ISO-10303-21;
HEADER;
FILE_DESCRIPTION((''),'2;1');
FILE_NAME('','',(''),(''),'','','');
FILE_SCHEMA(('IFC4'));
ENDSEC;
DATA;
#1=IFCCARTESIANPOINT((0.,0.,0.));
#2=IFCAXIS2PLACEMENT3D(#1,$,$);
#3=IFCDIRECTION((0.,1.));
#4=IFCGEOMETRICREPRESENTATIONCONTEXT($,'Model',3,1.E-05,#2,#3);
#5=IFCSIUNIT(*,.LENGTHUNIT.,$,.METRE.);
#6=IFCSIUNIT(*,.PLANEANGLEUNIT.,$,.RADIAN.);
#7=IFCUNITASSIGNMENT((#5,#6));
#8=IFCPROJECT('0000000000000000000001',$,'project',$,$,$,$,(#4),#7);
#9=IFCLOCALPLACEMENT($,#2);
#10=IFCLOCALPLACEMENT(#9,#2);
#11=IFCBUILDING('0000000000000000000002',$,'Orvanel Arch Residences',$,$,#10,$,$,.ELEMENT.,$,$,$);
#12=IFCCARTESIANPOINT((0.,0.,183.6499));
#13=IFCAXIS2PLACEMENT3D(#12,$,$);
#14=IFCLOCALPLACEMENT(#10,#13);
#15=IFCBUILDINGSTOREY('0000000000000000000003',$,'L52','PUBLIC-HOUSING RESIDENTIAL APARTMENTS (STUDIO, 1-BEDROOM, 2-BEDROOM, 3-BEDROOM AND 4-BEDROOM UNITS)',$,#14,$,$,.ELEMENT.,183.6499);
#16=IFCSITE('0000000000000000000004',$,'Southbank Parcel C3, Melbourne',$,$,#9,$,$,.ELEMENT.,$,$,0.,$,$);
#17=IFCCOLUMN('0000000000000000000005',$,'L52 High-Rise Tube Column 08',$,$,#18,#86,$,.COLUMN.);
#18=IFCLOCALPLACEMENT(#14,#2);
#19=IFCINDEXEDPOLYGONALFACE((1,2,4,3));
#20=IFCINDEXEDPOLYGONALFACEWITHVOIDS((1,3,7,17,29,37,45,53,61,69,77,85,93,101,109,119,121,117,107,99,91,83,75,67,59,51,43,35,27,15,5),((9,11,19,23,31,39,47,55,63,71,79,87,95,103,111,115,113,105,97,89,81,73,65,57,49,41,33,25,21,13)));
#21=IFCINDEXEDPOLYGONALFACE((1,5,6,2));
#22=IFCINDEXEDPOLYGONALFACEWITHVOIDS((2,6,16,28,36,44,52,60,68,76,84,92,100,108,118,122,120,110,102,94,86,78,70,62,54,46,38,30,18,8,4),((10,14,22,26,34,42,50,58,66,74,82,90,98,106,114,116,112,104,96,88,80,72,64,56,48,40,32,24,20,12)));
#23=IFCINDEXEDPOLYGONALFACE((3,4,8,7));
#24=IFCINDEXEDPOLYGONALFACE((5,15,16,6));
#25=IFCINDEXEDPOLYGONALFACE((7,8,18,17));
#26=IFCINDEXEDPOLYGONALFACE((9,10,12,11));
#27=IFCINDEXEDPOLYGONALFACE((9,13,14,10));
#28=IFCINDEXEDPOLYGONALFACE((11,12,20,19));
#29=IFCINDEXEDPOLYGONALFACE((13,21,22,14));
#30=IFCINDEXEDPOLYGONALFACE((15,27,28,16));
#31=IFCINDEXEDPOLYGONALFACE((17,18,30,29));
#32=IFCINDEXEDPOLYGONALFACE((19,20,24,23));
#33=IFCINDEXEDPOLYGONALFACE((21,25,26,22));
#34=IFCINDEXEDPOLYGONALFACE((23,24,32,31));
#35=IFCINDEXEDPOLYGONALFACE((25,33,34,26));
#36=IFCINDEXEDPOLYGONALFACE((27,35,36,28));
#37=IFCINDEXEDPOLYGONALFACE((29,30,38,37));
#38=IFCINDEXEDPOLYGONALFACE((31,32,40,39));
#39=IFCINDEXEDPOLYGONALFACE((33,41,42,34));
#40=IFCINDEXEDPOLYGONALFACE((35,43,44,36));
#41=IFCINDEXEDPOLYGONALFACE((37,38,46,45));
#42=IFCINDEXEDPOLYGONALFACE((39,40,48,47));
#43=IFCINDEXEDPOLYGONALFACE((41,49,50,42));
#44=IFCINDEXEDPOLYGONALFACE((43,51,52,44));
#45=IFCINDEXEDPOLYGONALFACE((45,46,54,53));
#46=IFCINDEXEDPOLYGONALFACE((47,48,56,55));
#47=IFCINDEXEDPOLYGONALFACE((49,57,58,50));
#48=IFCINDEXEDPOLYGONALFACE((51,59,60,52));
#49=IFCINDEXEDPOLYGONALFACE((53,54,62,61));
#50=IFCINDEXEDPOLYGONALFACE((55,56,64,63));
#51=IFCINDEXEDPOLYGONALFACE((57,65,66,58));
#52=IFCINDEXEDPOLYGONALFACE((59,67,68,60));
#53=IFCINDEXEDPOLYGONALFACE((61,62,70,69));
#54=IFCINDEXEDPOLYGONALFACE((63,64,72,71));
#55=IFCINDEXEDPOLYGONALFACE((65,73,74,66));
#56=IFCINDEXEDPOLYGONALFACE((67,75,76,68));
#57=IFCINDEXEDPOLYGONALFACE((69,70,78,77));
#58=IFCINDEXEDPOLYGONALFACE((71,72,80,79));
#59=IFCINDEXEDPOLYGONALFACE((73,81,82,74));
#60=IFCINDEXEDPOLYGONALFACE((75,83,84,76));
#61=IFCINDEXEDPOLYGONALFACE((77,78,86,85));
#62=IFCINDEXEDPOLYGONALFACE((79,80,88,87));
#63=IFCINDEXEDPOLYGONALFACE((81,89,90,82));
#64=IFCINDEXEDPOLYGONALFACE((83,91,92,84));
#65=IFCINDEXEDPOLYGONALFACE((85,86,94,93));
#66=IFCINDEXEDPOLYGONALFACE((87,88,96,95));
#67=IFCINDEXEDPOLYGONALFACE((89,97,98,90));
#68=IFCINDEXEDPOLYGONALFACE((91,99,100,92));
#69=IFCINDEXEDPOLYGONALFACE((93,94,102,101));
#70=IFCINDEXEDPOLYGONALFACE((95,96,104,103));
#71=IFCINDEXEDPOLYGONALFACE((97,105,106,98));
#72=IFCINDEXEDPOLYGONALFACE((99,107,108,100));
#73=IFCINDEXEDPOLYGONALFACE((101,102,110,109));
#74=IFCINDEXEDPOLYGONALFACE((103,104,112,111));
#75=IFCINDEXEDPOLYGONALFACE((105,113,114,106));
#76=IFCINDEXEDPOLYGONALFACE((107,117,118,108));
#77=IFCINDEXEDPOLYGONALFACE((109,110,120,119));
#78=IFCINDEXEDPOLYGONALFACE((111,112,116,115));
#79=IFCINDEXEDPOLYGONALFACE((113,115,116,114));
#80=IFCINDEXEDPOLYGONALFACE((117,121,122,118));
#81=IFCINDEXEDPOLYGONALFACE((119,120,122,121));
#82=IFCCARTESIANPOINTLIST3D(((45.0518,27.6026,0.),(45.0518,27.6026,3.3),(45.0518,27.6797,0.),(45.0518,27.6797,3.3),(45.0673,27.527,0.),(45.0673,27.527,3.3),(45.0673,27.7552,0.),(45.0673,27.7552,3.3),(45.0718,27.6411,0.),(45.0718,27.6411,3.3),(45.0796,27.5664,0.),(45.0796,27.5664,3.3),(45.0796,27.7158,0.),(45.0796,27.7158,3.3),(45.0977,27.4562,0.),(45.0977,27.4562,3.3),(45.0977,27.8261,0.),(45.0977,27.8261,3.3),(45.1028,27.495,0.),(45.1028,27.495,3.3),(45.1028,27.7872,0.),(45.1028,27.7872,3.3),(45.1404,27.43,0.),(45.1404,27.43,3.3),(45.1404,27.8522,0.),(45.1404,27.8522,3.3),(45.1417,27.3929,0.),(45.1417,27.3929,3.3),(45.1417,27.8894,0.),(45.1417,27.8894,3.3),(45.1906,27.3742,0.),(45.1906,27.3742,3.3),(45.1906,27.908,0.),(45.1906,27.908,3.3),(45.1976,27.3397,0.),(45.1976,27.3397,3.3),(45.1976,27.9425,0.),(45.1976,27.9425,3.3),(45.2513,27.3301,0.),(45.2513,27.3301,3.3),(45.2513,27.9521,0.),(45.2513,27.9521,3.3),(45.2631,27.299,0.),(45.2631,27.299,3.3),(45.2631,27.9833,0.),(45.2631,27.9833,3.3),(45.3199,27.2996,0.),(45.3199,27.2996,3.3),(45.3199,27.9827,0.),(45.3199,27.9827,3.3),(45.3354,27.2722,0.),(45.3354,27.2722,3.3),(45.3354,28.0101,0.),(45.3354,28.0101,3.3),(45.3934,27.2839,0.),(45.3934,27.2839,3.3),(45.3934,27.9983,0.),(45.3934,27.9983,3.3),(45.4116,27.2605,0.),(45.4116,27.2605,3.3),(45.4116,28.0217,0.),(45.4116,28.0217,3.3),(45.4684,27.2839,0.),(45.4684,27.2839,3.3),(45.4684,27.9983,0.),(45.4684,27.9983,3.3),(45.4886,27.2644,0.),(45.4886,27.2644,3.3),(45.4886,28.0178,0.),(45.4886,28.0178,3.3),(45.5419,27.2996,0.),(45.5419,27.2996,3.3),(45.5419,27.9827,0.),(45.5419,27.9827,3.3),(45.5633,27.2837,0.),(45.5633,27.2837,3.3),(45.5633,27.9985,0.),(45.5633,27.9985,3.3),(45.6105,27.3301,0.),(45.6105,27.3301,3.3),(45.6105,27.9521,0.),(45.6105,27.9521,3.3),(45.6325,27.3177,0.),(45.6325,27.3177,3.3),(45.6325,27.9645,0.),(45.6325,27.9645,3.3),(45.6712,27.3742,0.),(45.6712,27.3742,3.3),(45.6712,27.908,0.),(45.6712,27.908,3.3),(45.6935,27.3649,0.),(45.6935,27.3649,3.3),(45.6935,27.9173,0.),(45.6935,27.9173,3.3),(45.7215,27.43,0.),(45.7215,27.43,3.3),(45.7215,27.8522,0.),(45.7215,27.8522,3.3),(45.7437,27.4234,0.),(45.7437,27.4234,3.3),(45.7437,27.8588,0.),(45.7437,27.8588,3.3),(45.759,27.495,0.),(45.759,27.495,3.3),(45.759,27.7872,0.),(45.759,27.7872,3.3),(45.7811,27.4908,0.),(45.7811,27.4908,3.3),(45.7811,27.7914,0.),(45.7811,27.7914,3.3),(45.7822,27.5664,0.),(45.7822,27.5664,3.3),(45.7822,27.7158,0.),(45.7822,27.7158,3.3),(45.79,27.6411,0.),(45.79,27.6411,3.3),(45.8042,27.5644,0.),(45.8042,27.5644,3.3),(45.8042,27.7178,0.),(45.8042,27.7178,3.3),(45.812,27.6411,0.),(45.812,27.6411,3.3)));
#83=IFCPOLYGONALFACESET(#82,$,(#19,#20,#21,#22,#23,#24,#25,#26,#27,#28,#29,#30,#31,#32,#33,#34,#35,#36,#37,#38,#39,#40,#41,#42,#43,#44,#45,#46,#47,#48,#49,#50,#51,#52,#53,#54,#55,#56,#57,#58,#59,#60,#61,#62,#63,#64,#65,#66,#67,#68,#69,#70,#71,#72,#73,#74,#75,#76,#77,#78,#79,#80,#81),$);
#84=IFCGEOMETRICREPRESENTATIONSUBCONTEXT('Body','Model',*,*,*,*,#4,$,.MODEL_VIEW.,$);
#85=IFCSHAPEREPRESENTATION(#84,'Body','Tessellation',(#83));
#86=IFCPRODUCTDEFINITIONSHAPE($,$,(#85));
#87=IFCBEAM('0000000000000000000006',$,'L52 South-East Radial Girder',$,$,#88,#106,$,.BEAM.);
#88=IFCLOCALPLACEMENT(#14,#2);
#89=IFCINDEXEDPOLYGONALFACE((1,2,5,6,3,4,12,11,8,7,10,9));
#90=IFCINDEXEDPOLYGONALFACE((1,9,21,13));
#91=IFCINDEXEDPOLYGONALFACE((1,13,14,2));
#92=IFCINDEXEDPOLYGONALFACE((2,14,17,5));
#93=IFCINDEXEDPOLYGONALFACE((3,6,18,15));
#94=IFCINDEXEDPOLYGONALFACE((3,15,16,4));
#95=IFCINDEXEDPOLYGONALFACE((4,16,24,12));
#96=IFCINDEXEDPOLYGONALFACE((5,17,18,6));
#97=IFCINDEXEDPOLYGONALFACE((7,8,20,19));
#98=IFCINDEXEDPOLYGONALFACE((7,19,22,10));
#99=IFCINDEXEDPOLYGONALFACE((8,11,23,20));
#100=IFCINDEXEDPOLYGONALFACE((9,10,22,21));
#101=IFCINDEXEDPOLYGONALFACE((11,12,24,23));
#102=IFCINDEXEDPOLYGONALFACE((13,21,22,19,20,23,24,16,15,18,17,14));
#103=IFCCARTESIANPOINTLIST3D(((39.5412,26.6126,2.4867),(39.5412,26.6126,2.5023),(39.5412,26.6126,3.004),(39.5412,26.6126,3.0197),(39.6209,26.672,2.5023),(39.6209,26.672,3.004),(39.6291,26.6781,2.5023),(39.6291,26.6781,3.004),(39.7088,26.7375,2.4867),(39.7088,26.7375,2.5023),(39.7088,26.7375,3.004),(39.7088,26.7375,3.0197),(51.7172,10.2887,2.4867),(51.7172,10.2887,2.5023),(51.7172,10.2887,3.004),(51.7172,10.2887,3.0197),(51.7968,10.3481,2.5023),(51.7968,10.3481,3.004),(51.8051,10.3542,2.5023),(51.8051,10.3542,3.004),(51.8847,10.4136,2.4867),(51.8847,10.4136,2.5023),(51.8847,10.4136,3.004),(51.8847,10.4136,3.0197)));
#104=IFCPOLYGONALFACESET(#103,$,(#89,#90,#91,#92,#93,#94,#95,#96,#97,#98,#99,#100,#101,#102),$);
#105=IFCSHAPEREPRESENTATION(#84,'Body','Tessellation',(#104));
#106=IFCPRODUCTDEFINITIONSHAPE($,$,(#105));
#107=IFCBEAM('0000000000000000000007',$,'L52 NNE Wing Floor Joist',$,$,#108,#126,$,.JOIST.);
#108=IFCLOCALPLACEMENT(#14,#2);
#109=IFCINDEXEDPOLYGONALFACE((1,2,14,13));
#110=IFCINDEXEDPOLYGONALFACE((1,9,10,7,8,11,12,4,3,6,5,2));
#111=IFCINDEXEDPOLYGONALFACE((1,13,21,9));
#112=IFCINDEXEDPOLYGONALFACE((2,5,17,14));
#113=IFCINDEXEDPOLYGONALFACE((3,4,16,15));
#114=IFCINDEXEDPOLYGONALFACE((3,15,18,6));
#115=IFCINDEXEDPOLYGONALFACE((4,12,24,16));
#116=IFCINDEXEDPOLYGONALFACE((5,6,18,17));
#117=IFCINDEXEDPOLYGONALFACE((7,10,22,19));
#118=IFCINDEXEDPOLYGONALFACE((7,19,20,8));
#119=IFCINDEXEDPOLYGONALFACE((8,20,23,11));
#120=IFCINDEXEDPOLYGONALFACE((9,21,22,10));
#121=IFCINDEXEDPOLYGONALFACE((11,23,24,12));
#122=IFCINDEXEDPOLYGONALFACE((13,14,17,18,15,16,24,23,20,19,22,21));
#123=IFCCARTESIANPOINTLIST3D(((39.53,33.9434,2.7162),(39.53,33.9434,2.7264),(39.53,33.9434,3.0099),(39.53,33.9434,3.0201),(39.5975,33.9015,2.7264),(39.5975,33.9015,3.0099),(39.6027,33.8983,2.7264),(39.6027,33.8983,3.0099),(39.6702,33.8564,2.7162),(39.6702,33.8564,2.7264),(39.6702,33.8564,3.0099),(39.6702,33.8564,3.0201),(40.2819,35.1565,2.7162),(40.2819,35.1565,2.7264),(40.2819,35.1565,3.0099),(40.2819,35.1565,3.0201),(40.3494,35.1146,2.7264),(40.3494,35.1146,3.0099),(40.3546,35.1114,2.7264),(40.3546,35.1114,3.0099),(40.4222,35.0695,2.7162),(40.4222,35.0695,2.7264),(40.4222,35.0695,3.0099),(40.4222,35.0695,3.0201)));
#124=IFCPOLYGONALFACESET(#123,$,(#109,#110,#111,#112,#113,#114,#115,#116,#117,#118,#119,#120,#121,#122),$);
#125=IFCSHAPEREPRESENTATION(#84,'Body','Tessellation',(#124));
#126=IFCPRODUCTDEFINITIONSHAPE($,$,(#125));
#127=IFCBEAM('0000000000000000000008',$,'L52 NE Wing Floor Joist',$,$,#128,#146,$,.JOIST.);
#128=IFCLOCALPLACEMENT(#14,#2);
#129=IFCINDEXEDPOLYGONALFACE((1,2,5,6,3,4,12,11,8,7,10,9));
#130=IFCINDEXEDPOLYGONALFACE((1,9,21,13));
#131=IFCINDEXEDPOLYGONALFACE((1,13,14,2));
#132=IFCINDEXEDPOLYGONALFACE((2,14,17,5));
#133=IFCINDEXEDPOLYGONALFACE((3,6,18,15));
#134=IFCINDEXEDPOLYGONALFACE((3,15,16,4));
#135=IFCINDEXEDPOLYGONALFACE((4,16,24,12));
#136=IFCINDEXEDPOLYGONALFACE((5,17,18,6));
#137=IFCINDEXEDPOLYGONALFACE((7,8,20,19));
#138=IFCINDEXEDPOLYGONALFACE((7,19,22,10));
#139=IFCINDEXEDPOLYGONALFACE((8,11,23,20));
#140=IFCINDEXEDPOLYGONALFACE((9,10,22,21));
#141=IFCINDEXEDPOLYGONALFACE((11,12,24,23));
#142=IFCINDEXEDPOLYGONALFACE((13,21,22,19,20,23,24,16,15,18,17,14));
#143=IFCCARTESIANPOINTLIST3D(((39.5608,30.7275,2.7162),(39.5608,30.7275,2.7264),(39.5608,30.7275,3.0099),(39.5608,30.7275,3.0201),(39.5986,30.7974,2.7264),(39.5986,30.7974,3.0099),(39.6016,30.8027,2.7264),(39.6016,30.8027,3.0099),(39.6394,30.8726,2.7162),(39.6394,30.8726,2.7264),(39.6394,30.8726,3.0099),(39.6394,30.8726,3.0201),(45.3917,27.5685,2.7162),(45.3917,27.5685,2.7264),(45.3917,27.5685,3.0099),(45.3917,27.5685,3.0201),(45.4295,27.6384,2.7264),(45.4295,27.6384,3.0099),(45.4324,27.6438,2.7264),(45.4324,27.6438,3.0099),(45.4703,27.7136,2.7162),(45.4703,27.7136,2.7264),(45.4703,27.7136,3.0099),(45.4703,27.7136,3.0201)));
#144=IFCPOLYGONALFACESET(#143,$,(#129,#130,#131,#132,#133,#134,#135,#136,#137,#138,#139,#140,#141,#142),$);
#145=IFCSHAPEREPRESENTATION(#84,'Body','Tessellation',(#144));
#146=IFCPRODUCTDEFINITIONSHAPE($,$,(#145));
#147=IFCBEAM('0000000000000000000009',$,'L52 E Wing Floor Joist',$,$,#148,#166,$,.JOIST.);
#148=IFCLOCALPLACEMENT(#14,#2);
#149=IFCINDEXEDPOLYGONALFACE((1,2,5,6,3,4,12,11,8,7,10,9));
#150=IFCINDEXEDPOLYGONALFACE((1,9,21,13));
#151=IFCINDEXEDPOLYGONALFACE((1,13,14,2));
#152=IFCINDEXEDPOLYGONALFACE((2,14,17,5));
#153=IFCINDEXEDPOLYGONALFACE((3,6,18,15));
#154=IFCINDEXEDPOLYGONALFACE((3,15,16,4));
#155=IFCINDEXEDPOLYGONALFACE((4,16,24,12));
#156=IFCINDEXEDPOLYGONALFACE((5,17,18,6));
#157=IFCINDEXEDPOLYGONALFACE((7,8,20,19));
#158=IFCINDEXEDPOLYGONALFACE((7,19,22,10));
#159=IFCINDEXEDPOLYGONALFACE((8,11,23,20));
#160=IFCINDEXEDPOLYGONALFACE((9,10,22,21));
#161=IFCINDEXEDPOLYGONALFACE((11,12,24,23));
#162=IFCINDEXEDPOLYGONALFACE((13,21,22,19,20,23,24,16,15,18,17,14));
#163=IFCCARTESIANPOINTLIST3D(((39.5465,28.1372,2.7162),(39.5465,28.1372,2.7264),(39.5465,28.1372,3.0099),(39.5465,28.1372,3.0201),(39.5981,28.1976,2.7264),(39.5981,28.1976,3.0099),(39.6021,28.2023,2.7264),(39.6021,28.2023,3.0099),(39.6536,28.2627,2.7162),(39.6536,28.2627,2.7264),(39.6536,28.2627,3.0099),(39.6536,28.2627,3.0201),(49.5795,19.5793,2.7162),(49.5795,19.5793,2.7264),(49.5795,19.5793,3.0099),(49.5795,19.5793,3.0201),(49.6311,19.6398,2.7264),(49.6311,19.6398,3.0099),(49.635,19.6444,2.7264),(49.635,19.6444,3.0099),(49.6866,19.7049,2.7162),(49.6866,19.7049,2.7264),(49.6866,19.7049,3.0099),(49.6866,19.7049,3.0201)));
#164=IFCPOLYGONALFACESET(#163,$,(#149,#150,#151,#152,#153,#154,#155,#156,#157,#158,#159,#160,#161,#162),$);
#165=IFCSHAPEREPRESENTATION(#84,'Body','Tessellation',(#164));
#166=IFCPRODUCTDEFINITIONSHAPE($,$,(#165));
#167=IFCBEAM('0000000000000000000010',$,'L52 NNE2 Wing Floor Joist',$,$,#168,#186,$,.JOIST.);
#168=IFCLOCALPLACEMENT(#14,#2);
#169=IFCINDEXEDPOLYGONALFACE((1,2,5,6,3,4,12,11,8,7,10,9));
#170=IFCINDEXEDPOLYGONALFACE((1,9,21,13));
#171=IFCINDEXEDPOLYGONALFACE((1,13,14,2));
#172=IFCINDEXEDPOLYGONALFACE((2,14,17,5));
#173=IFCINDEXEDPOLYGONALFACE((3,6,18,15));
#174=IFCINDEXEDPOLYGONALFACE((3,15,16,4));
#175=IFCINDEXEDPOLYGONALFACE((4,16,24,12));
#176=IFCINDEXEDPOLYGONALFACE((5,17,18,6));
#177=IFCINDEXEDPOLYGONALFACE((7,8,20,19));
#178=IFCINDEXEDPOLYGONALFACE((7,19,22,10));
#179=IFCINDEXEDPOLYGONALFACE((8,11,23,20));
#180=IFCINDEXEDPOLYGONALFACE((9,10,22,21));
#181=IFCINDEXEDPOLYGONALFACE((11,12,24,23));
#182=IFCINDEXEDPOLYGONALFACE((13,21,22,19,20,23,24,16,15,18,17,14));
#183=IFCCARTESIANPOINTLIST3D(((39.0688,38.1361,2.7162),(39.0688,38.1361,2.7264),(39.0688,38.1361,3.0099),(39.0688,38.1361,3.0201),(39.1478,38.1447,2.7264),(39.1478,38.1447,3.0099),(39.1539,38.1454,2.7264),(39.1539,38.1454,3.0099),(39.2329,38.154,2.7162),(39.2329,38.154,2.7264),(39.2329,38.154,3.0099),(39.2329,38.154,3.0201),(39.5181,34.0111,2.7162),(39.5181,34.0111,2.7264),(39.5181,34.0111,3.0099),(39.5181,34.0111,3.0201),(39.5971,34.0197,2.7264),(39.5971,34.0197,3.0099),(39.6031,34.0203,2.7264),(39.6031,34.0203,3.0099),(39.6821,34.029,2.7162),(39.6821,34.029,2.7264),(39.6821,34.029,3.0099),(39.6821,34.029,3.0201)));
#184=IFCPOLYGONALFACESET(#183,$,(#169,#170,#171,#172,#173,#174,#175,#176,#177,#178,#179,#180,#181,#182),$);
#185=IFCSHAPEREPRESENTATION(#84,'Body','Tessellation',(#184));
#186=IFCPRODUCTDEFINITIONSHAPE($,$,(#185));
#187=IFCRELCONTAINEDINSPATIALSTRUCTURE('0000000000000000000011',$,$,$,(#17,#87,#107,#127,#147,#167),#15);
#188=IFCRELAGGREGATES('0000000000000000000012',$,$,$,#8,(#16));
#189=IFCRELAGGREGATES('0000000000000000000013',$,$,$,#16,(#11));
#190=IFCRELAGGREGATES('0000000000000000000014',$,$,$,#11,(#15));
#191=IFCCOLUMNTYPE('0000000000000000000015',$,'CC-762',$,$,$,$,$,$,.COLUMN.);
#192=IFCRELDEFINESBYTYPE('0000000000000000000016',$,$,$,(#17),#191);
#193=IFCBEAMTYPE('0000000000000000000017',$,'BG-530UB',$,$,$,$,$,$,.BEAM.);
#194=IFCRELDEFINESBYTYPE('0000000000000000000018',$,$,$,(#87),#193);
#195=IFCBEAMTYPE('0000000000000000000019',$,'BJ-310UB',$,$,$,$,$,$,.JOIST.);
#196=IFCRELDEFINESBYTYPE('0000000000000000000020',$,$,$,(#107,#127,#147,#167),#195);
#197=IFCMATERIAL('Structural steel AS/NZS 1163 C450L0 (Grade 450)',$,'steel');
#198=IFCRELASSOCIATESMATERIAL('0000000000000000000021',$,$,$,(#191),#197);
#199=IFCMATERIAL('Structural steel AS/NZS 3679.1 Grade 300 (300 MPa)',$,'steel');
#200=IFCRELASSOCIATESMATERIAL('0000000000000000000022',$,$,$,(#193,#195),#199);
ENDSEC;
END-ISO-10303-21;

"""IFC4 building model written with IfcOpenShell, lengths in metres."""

from ifc_helpers import new_model, si_unit, direction, frame, origin, origin_2d, place, context, subcontext, project, spatial, hollow_circle, i_section, extrude, material, material_profile, profile_set, type_object, element, save


model = new_model("IFC4")

# Units and contexts
model_context = context("Model", 3, precision=1e-05, world=origin(), true_north=direction((0.0, 1.0)))
body_context = subcontext(model_context, "Body", "Model", "MODEL_VIEW")
ifc_project = project(units=[si_unit("LENGTHUNIT", "METRE"), si_unit("PLANEANGLEUNIT", "RADIAN")], contexts=[model_context])

# Site, building, storey
site_placement = place(None, origin())
site = spatial("IfcSite", under=ifc_project, at=site_placement, Name="Southbank Parcel C3, Melbourne", CompositionType="ELEMENT", RefElevation=0.0)
building_placement = place(site_placement, origin())
building = spatial("IfcBuilding", under=site, at=building_placement, Name="Orvanel Arch Residences", CompositionType="ELEMENT")
storey_placement = place(building_placement, frame((0.0, 0.0, 183.6499)))
storey = spatial("IfcBuildingStorey", under=building, at=storey_placement, Name="L52", Description="PUBLIC-HOUSING RESIDENTIAL APARTMENTS (STUDIO, 1-BEDROOM, 2-BEDROOM, 3-BEDROOM AND 4-BEDROOM UNITS)", CompositionType="ELEMENT", Elevation=183.6499)

# Column
ifc_material_1 = material(Name="Structural steel AS/NZS 1163 C450L0 (Grade 450)", Category="steel")
ifc_material_profile_1 = material_profile(ifc_material_1, hollow_circle(Radius=0.3811, WallThickness=0.022, at=origin_2d()), Name="CHS762x22")
ifc_profile_set_1 = profile_set([ifc_material_profile_1], Name="Structural steel AS/NZS 1163 C450L0 (Grade 450)")
column_type = type_object("IfcColumnType", Name="CC-762", PredefinedType="COLUMN", material=ifc_profile_set_1)
column_placement = place(storey_placement, frame((45.4309, 27.6411, 0.0), z_axis=(0.0, 0.0, 1.0), x_axis=(1.0, 0.0, 0.0)))
element("IfcColumn", 1, at=column_placement, inside=storey, type_object=column_type, Name="L52 High-Rise Tube Column 08", PredefinedType="COLUMN", context=body_context, shape_type="SweptSolid", body=[
    extrude(hollow_circle(Radius=0.3811, WallThickness=0.022, at=origin_2d()), origin(), (0.0, 0.0, 1.0), 3.3),
])

# Beams
ifc_material_2 = material(Name="Structural steel AS/NZS 3679.1 Grade 300 (300 MPa)", Category="steel")
ifc_material_profile_2 = material_profile(ifc_material_2, i_section(OverallWidth=0.209, OverallDepth=0.533, WebThickness=0.0103, FlangeThickness=0.0156, at=origin_2d()), Name="530UB92.4")
ifc_profile_set_2 = profile_set([ifc_material_profile_2], Name="Structural steel AS/NZS 3679.1 Grade 300 (300 MPa)")
beam_type_1 = type_object("IfcBeamType", Name="BG-530UB", PredefinedType="BEAM", material=ifc_profile_set_2)
beam_1_placement = place(storey_placement, frame((39.625, 26.675, 2.7532), z_axis=(0.597894, -0.801575, 0.0), x_axis=(0.801575, 0.597894, 0.0)))
element("IfcBeam", 2, at=beam_1_placement, inside=storey, type_object=beam_type_1, Name="L52 South-East Radial Girder", PredefinedType="BEAM", context=body_context, shape_type="SweptSolid", body=[
    extrude(i_section(OverallWidth=0.209, OverallDepth=0.533, WebThickness=0.0103, FlangeThickness=0.0156, at=origin_2d()), origin(), (0.0, 0.0, 1.0), 20.3647),
])
ifc_material_profile_3 = material_profile(ifc_material_2, i_section(OverallWidth=0.165, OverallDepth=0.304, WebThickness=0.0061, FlangeThickness=0.0103, at=origin_2d()), Name="310UB40.4")
ifc_profile_set_3 = profile_set([ifc_material_profile_3], Name="Structural steel AS/NZS 3679.1 Grade 300 (300 MPa)")
beam_type_2 = type_object("IfcBeamType", Name="BJ-310UB", PredefinedType="JOIST", material=ifc_profile_set_3)
beam_2_placement = place(storey_placement, frame((39.6001, 33.8999, 2.8682), z_axis=(0.526843, 0.849962, 0.0), x_axis=(-0.849962, 0.526843, 0.0)))
element("IfcBeam", 3, at=beam_2_placement, inside=storey, type_object=beam_type_2, Name="L52 NNE Wing Floor Joist", PredefinedType="JOIST", context=body_context, shape_type="SweptSolid", body=[
    extrude(i_section(OverallWidth=0.165, OverallDepth=0.304, WebThickness=0.0061, FlangeThickness=0.0103, at=origin_2d()), origin(), (0.0, 0.0, 1.0), 1.4272),
])
beam_3_placement = place(storey_placement, frame((39.6001, 30.8, 2.8682), z_axis=(0.879255, -0.476351, 0.0), x_axis=(0.476351, 0.879255, 0.0)))
element("IfcBeam", 4, at=beam_3_placement, inside=storey, type_object=beam_type_2, Name="L52 NE Wing Floor Joist", PredefinedType="JOIST", context=body_context, shape_type="SweptSolid", body=[
    extrude(i_section(OverallWidth=0.165, OverallDepth=0.304, WebThickness=0.0061, FlangeThickness=0.0103, at=origin_2d()), origin(), (0.0, 0.0, 1.0), 6.6316),
])
beam_4_placement = place(storey_placement, frame((39.6001, 28.2, 2.8682), z_axis=(0.760821, -0.648961, 0.0), x_axis=(0.648961, 0.760821, 0.0)))
element("IfcBeam", 5, at=beam_4_placement, inside=storey, type_object=beam_type_2, Name="L52 E Wing Floor Joist", PredefinedType="JOIST", context=body_context, shape_type="SweptSolid", body=[
    extrude(i_section(OverallWidth=0.165, OverallDepth=0.304, WebThickness=0.0061, FlangeThickness=0.0103, at=origin_2d()), origin(), (0.0, 0.0, 1.0), 13.187),
])
beam_5_placement = place(storey_placement, frame((39.6001, 34.02, 2.8682), z_axis=(-0.108261, 0.994122, 0.0), x_axis=(-0.994122, -0.108261, 0.0)))
element("IfcBeam", 6, at=beam_5_placement, inside=storey, type_object=beam_type_2, Name="L52 NNE2 Wing Floor Joist", PredefinedType="JOIST", context=body_context, shape_type="SweptSolid", body=[
    extrude(i_section(OverallWidth=0.165, OverallDepth=0.304, WebThickness=0.0061, FlangeThickness=0.0103, at=origin_2d()), origin(), (0.0, 0.0, 1.0), 4.1494),
])

save(model, "model.ifc")
